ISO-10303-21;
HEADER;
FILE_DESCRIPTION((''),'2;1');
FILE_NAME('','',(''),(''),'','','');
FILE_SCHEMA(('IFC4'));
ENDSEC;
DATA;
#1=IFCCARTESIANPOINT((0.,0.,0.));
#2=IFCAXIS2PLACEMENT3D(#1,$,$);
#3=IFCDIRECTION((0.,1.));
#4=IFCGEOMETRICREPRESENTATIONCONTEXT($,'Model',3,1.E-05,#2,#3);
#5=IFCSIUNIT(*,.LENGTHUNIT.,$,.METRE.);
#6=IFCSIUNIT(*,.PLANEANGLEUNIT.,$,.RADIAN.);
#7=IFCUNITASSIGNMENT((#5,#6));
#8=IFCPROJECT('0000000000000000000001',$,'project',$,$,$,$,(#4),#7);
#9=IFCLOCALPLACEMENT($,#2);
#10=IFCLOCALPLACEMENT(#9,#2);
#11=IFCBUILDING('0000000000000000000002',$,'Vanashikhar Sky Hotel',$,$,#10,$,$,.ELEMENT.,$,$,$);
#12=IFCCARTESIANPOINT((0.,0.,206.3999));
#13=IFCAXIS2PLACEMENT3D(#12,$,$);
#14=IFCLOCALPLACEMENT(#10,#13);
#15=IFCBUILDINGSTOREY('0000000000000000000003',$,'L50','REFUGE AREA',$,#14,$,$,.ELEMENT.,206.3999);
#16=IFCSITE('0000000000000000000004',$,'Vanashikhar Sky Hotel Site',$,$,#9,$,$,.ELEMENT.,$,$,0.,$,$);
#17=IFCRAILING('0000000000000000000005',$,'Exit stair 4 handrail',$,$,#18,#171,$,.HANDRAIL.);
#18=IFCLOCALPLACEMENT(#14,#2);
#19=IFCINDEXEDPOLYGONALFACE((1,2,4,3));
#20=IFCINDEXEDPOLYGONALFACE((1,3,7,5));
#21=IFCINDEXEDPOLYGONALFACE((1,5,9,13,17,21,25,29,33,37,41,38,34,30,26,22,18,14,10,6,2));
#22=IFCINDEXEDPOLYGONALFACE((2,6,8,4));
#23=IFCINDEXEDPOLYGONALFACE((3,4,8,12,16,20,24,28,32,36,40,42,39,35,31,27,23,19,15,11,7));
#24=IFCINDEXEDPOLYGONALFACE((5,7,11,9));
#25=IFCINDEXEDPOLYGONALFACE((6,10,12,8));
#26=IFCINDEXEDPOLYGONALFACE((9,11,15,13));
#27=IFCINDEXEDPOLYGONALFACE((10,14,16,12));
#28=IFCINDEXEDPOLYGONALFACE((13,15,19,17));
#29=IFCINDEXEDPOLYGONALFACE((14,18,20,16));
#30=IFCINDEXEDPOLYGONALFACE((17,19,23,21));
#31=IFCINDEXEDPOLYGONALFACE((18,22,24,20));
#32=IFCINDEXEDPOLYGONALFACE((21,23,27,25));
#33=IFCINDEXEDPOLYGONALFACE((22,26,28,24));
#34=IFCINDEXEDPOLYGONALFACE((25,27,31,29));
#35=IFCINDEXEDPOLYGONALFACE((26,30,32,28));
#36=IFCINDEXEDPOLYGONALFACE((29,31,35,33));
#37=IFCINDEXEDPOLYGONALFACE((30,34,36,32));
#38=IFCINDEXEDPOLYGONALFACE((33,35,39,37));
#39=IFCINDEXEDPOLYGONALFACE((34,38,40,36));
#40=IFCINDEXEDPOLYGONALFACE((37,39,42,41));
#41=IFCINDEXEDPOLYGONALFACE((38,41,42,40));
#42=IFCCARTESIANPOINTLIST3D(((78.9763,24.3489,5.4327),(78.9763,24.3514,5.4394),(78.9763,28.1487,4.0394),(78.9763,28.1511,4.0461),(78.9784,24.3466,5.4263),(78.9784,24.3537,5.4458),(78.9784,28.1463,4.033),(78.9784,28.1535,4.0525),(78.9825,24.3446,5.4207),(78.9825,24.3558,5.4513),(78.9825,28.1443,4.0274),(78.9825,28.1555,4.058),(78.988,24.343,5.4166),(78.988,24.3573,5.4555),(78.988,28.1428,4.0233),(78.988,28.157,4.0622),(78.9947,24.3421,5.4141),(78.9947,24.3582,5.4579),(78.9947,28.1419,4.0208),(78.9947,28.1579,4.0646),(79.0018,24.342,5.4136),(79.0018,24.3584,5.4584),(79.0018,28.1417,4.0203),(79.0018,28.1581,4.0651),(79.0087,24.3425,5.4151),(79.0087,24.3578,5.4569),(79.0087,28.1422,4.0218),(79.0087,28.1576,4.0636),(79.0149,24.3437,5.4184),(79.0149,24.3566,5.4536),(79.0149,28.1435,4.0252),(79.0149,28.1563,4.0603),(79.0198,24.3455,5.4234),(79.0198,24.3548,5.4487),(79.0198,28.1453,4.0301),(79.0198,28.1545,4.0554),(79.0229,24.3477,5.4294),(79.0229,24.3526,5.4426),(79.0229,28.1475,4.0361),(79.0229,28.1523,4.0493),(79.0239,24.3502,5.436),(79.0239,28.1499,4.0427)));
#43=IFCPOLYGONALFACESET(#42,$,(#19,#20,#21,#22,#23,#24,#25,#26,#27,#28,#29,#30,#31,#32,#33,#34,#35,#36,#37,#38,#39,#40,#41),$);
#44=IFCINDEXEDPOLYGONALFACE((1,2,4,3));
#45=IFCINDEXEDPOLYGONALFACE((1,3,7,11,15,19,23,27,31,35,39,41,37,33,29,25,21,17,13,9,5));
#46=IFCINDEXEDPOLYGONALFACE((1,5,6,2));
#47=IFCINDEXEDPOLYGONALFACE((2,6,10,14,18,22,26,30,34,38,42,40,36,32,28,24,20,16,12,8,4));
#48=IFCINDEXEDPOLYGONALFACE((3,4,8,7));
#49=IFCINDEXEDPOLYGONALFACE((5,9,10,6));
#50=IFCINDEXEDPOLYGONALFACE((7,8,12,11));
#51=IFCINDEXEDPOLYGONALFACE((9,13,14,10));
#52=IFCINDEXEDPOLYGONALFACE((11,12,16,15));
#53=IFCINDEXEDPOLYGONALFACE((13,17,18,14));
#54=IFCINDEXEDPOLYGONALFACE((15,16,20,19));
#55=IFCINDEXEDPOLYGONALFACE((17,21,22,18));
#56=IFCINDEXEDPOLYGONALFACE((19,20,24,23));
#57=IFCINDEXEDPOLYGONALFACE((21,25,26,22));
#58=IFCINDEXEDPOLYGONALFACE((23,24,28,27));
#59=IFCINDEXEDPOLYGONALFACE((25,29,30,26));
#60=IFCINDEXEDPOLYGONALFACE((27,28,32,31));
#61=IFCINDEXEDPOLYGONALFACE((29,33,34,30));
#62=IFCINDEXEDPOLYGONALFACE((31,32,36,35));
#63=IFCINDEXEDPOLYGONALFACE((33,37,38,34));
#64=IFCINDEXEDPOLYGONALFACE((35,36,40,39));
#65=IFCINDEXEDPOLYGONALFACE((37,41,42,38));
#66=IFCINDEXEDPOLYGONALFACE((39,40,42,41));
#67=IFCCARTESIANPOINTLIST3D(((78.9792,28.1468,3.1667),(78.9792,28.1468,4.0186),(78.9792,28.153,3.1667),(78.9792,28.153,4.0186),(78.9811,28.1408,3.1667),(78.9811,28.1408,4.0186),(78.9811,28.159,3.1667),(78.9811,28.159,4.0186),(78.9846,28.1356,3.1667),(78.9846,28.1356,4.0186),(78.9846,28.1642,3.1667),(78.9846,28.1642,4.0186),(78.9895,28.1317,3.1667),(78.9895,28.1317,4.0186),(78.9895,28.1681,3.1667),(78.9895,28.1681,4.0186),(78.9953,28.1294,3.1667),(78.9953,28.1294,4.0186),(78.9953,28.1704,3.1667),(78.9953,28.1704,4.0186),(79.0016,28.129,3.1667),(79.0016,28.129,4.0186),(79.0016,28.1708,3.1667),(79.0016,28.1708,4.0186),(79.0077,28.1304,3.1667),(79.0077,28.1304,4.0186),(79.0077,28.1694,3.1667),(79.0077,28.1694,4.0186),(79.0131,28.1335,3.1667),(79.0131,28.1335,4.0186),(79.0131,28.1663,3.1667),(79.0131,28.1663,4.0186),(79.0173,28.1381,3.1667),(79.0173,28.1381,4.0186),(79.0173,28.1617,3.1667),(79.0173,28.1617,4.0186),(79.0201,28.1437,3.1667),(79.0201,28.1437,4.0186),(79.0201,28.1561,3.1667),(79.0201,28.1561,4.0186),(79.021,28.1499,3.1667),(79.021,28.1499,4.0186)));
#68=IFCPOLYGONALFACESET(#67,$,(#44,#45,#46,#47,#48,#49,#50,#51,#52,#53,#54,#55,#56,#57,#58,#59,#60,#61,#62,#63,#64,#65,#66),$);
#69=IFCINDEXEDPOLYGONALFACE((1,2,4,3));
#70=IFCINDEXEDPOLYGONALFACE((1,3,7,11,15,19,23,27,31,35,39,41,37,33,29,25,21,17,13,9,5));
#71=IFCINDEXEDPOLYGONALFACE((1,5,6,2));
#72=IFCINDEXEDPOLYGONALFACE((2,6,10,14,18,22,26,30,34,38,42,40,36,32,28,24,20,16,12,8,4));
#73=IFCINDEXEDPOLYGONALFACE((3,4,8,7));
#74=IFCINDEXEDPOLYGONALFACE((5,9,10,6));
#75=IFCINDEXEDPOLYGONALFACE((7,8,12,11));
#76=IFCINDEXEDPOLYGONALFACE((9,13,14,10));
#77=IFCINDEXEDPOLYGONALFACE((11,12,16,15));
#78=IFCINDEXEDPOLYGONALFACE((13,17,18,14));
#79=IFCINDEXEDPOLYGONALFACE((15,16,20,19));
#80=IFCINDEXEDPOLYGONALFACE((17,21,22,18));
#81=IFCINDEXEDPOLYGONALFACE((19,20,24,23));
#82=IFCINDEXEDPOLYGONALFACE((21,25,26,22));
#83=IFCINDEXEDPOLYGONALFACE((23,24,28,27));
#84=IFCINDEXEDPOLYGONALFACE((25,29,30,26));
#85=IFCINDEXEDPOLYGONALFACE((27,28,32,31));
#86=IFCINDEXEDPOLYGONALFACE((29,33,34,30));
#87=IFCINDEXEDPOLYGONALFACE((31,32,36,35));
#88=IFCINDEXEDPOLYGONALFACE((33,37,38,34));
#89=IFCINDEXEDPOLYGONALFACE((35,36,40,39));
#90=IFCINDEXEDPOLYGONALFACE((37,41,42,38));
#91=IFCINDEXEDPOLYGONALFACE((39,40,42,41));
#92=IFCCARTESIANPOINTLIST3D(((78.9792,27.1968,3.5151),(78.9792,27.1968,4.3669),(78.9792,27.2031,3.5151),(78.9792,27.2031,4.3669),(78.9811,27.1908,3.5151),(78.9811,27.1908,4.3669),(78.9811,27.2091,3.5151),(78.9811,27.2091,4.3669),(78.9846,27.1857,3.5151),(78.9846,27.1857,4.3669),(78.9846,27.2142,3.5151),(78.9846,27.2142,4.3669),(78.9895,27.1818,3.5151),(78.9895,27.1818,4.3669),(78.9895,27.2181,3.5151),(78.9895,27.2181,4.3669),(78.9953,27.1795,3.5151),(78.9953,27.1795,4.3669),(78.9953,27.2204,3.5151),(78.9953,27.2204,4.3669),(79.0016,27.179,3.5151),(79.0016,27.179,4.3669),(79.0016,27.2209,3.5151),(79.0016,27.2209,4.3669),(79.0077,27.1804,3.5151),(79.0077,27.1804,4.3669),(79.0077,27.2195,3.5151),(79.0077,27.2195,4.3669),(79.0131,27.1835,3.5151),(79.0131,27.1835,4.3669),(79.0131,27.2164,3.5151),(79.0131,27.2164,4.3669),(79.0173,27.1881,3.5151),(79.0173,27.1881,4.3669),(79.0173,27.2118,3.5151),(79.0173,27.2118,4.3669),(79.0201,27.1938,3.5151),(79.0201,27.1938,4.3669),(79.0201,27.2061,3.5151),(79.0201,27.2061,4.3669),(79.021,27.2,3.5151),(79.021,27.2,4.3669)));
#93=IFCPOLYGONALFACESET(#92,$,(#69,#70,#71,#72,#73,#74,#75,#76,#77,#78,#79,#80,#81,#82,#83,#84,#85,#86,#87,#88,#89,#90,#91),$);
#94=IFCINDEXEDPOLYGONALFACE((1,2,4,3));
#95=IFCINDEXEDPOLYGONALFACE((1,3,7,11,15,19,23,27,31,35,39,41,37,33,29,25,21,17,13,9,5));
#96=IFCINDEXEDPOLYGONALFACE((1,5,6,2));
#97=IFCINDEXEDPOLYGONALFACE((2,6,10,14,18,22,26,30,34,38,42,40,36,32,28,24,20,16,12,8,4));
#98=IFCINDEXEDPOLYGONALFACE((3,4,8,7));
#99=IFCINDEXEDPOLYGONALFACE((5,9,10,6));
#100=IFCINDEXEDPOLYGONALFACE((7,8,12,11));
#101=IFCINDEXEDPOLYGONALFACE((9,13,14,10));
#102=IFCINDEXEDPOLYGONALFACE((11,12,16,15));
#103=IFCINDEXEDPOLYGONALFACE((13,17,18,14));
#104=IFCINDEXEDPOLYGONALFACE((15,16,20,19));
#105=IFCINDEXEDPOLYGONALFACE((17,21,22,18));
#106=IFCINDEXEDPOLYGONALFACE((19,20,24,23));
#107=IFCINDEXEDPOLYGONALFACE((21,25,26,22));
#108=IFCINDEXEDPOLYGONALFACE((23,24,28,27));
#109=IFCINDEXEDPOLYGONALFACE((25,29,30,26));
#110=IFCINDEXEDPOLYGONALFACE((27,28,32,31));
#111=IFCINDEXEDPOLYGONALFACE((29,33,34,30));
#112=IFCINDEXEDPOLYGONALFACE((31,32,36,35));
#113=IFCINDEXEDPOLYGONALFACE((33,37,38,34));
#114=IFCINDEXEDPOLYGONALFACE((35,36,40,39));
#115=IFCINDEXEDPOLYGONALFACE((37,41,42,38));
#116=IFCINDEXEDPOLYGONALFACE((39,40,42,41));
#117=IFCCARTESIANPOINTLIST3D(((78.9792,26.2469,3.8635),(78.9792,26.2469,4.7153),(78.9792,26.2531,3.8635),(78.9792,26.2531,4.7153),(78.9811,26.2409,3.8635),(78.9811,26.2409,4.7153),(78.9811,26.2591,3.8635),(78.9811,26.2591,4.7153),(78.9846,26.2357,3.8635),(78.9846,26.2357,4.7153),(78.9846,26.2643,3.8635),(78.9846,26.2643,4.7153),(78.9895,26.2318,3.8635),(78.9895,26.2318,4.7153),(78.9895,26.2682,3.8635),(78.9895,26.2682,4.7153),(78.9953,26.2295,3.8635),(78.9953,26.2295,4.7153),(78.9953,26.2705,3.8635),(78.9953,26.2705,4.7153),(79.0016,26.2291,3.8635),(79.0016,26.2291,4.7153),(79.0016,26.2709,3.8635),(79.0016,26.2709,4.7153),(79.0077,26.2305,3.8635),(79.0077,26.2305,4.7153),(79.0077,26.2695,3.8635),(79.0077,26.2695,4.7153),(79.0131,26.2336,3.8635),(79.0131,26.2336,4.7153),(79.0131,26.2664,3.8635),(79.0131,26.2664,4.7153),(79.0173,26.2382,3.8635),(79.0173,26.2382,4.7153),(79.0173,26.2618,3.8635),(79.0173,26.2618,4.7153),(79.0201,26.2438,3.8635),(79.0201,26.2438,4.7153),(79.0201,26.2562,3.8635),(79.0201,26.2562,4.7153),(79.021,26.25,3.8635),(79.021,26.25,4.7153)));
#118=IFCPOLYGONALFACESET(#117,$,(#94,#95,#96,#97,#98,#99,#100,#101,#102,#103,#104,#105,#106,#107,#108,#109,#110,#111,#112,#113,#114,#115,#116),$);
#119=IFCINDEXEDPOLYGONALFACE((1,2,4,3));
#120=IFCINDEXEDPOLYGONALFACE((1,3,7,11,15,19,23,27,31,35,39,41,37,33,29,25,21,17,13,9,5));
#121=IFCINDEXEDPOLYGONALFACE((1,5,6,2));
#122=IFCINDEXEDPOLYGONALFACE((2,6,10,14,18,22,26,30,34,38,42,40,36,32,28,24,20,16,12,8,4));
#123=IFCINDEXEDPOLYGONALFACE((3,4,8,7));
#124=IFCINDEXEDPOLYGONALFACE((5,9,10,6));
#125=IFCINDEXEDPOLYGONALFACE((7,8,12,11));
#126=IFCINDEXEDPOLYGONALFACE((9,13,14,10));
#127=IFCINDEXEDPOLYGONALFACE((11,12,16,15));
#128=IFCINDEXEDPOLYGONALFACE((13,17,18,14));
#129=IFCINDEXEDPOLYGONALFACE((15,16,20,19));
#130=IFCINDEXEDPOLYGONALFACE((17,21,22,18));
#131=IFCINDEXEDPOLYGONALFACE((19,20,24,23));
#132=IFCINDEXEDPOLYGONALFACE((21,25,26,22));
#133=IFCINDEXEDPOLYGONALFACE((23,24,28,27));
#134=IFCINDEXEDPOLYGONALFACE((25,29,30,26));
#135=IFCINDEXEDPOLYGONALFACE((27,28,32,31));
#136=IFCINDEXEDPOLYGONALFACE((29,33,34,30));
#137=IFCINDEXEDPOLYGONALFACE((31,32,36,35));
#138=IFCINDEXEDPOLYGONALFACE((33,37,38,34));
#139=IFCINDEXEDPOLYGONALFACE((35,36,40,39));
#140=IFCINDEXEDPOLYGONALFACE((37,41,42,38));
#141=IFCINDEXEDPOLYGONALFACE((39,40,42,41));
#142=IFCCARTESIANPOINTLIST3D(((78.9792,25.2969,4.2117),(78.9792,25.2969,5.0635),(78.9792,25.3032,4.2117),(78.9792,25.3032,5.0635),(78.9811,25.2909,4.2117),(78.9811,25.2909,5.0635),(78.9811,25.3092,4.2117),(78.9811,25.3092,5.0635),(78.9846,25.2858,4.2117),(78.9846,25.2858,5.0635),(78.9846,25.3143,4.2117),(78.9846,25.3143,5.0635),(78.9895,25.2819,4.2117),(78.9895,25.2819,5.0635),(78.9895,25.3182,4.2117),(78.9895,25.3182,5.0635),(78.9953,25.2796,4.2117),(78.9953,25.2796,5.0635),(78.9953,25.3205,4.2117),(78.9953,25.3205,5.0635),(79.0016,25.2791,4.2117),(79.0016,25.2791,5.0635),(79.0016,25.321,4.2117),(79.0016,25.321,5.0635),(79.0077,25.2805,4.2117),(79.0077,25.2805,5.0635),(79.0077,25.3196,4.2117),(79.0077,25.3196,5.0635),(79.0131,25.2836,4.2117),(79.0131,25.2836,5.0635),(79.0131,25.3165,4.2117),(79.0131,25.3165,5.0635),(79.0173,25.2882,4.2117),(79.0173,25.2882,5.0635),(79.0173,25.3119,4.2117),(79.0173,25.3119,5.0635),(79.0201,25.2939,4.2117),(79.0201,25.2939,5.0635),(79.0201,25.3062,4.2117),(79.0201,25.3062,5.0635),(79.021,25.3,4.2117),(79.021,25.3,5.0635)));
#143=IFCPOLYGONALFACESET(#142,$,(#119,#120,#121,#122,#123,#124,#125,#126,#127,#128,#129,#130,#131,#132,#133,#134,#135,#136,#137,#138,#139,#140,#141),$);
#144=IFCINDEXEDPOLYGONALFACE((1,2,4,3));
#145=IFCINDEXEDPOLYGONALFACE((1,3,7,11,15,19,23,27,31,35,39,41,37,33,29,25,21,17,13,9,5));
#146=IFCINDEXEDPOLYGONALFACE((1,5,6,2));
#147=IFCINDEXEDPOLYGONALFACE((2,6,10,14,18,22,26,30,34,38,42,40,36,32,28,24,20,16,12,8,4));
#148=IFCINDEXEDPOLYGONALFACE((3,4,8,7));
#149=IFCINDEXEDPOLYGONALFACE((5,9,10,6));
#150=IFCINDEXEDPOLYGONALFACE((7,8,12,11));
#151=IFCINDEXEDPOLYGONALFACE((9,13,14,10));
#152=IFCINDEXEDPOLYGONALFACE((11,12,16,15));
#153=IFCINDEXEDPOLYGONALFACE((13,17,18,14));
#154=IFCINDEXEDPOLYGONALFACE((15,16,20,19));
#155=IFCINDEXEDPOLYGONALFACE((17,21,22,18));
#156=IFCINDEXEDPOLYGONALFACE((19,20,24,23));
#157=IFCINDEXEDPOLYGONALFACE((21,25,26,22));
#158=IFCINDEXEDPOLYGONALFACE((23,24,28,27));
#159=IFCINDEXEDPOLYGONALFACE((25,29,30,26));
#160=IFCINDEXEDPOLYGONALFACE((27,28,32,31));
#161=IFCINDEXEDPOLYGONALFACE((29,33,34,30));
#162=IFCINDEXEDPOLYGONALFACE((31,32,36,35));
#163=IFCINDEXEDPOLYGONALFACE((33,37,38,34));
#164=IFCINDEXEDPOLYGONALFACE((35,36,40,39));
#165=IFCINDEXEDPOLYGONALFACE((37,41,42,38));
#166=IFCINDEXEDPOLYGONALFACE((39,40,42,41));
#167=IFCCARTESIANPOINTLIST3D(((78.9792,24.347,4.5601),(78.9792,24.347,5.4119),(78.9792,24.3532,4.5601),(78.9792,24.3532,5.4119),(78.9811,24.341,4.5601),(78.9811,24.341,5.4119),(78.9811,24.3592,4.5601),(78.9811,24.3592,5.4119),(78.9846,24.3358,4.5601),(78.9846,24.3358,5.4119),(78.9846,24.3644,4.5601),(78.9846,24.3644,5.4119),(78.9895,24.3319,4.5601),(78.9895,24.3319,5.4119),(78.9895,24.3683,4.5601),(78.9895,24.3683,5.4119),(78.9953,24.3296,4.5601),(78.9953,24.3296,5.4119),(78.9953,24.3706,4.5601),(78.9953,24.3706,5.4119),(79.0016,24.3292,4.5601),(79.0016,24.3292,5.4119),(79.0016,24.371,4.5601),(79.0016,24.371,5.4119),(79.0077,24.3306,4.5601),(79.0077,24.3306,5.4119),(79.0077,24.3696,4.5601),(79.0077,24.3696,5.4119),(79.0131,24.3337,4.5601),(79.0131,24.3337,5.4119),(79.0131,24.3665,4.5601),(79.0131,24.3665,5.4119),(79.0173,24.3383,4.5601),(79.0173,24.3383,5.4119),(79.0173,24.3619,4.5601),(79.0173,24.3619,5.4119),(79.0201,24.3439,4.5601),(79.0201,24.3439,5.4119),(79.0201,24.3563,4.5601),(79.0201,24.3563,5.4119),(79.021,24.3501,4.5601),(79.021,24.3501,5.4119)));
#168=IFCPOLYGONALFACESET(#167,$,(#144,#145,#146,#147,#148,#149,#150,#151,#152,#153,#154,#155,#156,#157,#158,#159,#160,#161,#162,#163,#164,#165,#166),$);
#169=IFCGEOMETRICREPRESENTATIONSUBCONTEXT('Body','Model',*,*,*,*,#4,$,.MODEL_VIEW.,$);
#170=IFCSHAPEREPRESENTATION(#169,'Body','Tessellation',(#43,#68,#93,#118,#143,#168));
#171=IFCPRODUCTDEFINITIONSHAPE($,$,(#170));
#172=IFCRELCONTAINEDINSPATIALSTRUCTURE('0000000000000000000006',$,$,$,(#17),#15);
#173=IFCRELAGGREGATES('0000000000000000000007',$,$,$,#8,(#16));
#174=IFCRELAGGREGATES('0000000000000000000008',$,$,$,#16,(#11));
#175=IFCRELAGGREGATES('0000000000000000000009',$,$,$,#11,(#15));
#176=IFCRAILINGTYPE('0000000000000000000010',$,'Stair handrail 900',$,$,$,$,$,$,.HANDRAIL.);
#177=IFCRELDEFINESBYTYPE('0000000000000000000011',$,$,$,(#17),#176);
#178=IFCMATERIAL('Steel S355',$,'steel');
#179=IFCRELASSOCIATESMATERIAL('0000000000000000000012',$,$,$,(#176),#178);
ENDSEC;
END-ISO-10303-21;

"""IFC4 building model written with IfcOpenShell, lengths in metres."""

from ifc_helpers import new_model, si_unit, direction, frame, origin, origin_2d, place, context, subcontext, project, spatial, circle, extrude, source, transform, mapped, material, type_object, element, save


model = new_model("IFC4")

# Units and contexts
model_context = context("Model", 3, precision=1e-05, world=origin(), true_north=direction((0.0, 1.0)))
body_context = subcontext(model_context, "Body", "Model", "MODEL_VIEW")
ifc_project = project(units=[si_unit("LENGTHUNIT", "METRE"), si_unit("PLANEANGLEUNIT", "RADIAN")], contexts=[model_context])

# Site, building, storey
site_placement = place(None, origin())
site = spatial("IfcSite", under=ifc_project, at=site_placement, Name="Vanashikhar Sky Hotel Site", CompositionType="ELEMENT", RefElevation=0.0)
building_placement = place(site_placement, origin())
building = spatial("IfcBuilding", under=site, at=building_placement, Name="Vanashikhar Sky Hotel", CompositionType="ELEMENT")
storey_placement = place(building_placement, frame((0.0, 0.0, 206.3999)))
storey = spatial("IfcBuildingStorey", under=building, at=storey_placement, Name="L50", Description="REFUGE AREA", CompositionType="ELEMENT", Elevation=206.3999)

# Railing
ifc_material_1 = material(Name="Steel S355", Category="steel")
railing_type = type_object("IfcRailingType", Name="Stair handrail 900", PredefinedType="HANDRAIL", material=ifc_material_1)
shared_shape_1 = source(origin(), body_context, "Body", "SweptSolid", [
    extrude(circle(Radius=0.0239, at=origin_2d()), frame((0.0, 0.0, 0.876), z_axis=(0.0, -0.938872, 0.344265), x_axis=(1.0, 0.0, 0.0)), (0.0, 0.0, 1.0), 4.0471),
    extrude(circle(Radius=0.021, at=origin_2d()), origin(), (0.0, 0.0, 1.0), 0.8518),
    extrude(circle(Radius=0.021, at=origin_2d()), frame((0.0, -0.95, 0.3484)), (0.0, 0.0, 1.0), 0.8518),
    extrude(circle(Radius=0.021, at=origin_2d()), frame((0.0, -1.8999, 0.6968)), (0.0, 0.0, 1.0), 0.8518),
    extrude(circle(Radius=0.021, at=origin_2d()), frame((0.0, -2.8499, 1.0449)), (0.0, 0.0, 1.0), 0.8518),
    extrude(circle(Radius=0.021, at=origin_2d()), frame((0.0, -3.7998, 1.3933)), (0.0, 0.0, 1.0), 0.8518),
])
for number, where, name in (
    (1, (79.0, 28.1499, 3.1667), "Exit stair 4 handrail"),
):
    element("IfcRailing", number, at=place(storey_placement, frame(where)), inside=storey, type_object=railing_type, Name=name, PredefinedType="HANDRAIL", context=body_context, shape_type="MappedRepresentation", body=[
        mapped(shared_shape_1, transform((0.0, 0.0, 0.0), scale=1.0)),
    ])

save(model, "model.ifc")
